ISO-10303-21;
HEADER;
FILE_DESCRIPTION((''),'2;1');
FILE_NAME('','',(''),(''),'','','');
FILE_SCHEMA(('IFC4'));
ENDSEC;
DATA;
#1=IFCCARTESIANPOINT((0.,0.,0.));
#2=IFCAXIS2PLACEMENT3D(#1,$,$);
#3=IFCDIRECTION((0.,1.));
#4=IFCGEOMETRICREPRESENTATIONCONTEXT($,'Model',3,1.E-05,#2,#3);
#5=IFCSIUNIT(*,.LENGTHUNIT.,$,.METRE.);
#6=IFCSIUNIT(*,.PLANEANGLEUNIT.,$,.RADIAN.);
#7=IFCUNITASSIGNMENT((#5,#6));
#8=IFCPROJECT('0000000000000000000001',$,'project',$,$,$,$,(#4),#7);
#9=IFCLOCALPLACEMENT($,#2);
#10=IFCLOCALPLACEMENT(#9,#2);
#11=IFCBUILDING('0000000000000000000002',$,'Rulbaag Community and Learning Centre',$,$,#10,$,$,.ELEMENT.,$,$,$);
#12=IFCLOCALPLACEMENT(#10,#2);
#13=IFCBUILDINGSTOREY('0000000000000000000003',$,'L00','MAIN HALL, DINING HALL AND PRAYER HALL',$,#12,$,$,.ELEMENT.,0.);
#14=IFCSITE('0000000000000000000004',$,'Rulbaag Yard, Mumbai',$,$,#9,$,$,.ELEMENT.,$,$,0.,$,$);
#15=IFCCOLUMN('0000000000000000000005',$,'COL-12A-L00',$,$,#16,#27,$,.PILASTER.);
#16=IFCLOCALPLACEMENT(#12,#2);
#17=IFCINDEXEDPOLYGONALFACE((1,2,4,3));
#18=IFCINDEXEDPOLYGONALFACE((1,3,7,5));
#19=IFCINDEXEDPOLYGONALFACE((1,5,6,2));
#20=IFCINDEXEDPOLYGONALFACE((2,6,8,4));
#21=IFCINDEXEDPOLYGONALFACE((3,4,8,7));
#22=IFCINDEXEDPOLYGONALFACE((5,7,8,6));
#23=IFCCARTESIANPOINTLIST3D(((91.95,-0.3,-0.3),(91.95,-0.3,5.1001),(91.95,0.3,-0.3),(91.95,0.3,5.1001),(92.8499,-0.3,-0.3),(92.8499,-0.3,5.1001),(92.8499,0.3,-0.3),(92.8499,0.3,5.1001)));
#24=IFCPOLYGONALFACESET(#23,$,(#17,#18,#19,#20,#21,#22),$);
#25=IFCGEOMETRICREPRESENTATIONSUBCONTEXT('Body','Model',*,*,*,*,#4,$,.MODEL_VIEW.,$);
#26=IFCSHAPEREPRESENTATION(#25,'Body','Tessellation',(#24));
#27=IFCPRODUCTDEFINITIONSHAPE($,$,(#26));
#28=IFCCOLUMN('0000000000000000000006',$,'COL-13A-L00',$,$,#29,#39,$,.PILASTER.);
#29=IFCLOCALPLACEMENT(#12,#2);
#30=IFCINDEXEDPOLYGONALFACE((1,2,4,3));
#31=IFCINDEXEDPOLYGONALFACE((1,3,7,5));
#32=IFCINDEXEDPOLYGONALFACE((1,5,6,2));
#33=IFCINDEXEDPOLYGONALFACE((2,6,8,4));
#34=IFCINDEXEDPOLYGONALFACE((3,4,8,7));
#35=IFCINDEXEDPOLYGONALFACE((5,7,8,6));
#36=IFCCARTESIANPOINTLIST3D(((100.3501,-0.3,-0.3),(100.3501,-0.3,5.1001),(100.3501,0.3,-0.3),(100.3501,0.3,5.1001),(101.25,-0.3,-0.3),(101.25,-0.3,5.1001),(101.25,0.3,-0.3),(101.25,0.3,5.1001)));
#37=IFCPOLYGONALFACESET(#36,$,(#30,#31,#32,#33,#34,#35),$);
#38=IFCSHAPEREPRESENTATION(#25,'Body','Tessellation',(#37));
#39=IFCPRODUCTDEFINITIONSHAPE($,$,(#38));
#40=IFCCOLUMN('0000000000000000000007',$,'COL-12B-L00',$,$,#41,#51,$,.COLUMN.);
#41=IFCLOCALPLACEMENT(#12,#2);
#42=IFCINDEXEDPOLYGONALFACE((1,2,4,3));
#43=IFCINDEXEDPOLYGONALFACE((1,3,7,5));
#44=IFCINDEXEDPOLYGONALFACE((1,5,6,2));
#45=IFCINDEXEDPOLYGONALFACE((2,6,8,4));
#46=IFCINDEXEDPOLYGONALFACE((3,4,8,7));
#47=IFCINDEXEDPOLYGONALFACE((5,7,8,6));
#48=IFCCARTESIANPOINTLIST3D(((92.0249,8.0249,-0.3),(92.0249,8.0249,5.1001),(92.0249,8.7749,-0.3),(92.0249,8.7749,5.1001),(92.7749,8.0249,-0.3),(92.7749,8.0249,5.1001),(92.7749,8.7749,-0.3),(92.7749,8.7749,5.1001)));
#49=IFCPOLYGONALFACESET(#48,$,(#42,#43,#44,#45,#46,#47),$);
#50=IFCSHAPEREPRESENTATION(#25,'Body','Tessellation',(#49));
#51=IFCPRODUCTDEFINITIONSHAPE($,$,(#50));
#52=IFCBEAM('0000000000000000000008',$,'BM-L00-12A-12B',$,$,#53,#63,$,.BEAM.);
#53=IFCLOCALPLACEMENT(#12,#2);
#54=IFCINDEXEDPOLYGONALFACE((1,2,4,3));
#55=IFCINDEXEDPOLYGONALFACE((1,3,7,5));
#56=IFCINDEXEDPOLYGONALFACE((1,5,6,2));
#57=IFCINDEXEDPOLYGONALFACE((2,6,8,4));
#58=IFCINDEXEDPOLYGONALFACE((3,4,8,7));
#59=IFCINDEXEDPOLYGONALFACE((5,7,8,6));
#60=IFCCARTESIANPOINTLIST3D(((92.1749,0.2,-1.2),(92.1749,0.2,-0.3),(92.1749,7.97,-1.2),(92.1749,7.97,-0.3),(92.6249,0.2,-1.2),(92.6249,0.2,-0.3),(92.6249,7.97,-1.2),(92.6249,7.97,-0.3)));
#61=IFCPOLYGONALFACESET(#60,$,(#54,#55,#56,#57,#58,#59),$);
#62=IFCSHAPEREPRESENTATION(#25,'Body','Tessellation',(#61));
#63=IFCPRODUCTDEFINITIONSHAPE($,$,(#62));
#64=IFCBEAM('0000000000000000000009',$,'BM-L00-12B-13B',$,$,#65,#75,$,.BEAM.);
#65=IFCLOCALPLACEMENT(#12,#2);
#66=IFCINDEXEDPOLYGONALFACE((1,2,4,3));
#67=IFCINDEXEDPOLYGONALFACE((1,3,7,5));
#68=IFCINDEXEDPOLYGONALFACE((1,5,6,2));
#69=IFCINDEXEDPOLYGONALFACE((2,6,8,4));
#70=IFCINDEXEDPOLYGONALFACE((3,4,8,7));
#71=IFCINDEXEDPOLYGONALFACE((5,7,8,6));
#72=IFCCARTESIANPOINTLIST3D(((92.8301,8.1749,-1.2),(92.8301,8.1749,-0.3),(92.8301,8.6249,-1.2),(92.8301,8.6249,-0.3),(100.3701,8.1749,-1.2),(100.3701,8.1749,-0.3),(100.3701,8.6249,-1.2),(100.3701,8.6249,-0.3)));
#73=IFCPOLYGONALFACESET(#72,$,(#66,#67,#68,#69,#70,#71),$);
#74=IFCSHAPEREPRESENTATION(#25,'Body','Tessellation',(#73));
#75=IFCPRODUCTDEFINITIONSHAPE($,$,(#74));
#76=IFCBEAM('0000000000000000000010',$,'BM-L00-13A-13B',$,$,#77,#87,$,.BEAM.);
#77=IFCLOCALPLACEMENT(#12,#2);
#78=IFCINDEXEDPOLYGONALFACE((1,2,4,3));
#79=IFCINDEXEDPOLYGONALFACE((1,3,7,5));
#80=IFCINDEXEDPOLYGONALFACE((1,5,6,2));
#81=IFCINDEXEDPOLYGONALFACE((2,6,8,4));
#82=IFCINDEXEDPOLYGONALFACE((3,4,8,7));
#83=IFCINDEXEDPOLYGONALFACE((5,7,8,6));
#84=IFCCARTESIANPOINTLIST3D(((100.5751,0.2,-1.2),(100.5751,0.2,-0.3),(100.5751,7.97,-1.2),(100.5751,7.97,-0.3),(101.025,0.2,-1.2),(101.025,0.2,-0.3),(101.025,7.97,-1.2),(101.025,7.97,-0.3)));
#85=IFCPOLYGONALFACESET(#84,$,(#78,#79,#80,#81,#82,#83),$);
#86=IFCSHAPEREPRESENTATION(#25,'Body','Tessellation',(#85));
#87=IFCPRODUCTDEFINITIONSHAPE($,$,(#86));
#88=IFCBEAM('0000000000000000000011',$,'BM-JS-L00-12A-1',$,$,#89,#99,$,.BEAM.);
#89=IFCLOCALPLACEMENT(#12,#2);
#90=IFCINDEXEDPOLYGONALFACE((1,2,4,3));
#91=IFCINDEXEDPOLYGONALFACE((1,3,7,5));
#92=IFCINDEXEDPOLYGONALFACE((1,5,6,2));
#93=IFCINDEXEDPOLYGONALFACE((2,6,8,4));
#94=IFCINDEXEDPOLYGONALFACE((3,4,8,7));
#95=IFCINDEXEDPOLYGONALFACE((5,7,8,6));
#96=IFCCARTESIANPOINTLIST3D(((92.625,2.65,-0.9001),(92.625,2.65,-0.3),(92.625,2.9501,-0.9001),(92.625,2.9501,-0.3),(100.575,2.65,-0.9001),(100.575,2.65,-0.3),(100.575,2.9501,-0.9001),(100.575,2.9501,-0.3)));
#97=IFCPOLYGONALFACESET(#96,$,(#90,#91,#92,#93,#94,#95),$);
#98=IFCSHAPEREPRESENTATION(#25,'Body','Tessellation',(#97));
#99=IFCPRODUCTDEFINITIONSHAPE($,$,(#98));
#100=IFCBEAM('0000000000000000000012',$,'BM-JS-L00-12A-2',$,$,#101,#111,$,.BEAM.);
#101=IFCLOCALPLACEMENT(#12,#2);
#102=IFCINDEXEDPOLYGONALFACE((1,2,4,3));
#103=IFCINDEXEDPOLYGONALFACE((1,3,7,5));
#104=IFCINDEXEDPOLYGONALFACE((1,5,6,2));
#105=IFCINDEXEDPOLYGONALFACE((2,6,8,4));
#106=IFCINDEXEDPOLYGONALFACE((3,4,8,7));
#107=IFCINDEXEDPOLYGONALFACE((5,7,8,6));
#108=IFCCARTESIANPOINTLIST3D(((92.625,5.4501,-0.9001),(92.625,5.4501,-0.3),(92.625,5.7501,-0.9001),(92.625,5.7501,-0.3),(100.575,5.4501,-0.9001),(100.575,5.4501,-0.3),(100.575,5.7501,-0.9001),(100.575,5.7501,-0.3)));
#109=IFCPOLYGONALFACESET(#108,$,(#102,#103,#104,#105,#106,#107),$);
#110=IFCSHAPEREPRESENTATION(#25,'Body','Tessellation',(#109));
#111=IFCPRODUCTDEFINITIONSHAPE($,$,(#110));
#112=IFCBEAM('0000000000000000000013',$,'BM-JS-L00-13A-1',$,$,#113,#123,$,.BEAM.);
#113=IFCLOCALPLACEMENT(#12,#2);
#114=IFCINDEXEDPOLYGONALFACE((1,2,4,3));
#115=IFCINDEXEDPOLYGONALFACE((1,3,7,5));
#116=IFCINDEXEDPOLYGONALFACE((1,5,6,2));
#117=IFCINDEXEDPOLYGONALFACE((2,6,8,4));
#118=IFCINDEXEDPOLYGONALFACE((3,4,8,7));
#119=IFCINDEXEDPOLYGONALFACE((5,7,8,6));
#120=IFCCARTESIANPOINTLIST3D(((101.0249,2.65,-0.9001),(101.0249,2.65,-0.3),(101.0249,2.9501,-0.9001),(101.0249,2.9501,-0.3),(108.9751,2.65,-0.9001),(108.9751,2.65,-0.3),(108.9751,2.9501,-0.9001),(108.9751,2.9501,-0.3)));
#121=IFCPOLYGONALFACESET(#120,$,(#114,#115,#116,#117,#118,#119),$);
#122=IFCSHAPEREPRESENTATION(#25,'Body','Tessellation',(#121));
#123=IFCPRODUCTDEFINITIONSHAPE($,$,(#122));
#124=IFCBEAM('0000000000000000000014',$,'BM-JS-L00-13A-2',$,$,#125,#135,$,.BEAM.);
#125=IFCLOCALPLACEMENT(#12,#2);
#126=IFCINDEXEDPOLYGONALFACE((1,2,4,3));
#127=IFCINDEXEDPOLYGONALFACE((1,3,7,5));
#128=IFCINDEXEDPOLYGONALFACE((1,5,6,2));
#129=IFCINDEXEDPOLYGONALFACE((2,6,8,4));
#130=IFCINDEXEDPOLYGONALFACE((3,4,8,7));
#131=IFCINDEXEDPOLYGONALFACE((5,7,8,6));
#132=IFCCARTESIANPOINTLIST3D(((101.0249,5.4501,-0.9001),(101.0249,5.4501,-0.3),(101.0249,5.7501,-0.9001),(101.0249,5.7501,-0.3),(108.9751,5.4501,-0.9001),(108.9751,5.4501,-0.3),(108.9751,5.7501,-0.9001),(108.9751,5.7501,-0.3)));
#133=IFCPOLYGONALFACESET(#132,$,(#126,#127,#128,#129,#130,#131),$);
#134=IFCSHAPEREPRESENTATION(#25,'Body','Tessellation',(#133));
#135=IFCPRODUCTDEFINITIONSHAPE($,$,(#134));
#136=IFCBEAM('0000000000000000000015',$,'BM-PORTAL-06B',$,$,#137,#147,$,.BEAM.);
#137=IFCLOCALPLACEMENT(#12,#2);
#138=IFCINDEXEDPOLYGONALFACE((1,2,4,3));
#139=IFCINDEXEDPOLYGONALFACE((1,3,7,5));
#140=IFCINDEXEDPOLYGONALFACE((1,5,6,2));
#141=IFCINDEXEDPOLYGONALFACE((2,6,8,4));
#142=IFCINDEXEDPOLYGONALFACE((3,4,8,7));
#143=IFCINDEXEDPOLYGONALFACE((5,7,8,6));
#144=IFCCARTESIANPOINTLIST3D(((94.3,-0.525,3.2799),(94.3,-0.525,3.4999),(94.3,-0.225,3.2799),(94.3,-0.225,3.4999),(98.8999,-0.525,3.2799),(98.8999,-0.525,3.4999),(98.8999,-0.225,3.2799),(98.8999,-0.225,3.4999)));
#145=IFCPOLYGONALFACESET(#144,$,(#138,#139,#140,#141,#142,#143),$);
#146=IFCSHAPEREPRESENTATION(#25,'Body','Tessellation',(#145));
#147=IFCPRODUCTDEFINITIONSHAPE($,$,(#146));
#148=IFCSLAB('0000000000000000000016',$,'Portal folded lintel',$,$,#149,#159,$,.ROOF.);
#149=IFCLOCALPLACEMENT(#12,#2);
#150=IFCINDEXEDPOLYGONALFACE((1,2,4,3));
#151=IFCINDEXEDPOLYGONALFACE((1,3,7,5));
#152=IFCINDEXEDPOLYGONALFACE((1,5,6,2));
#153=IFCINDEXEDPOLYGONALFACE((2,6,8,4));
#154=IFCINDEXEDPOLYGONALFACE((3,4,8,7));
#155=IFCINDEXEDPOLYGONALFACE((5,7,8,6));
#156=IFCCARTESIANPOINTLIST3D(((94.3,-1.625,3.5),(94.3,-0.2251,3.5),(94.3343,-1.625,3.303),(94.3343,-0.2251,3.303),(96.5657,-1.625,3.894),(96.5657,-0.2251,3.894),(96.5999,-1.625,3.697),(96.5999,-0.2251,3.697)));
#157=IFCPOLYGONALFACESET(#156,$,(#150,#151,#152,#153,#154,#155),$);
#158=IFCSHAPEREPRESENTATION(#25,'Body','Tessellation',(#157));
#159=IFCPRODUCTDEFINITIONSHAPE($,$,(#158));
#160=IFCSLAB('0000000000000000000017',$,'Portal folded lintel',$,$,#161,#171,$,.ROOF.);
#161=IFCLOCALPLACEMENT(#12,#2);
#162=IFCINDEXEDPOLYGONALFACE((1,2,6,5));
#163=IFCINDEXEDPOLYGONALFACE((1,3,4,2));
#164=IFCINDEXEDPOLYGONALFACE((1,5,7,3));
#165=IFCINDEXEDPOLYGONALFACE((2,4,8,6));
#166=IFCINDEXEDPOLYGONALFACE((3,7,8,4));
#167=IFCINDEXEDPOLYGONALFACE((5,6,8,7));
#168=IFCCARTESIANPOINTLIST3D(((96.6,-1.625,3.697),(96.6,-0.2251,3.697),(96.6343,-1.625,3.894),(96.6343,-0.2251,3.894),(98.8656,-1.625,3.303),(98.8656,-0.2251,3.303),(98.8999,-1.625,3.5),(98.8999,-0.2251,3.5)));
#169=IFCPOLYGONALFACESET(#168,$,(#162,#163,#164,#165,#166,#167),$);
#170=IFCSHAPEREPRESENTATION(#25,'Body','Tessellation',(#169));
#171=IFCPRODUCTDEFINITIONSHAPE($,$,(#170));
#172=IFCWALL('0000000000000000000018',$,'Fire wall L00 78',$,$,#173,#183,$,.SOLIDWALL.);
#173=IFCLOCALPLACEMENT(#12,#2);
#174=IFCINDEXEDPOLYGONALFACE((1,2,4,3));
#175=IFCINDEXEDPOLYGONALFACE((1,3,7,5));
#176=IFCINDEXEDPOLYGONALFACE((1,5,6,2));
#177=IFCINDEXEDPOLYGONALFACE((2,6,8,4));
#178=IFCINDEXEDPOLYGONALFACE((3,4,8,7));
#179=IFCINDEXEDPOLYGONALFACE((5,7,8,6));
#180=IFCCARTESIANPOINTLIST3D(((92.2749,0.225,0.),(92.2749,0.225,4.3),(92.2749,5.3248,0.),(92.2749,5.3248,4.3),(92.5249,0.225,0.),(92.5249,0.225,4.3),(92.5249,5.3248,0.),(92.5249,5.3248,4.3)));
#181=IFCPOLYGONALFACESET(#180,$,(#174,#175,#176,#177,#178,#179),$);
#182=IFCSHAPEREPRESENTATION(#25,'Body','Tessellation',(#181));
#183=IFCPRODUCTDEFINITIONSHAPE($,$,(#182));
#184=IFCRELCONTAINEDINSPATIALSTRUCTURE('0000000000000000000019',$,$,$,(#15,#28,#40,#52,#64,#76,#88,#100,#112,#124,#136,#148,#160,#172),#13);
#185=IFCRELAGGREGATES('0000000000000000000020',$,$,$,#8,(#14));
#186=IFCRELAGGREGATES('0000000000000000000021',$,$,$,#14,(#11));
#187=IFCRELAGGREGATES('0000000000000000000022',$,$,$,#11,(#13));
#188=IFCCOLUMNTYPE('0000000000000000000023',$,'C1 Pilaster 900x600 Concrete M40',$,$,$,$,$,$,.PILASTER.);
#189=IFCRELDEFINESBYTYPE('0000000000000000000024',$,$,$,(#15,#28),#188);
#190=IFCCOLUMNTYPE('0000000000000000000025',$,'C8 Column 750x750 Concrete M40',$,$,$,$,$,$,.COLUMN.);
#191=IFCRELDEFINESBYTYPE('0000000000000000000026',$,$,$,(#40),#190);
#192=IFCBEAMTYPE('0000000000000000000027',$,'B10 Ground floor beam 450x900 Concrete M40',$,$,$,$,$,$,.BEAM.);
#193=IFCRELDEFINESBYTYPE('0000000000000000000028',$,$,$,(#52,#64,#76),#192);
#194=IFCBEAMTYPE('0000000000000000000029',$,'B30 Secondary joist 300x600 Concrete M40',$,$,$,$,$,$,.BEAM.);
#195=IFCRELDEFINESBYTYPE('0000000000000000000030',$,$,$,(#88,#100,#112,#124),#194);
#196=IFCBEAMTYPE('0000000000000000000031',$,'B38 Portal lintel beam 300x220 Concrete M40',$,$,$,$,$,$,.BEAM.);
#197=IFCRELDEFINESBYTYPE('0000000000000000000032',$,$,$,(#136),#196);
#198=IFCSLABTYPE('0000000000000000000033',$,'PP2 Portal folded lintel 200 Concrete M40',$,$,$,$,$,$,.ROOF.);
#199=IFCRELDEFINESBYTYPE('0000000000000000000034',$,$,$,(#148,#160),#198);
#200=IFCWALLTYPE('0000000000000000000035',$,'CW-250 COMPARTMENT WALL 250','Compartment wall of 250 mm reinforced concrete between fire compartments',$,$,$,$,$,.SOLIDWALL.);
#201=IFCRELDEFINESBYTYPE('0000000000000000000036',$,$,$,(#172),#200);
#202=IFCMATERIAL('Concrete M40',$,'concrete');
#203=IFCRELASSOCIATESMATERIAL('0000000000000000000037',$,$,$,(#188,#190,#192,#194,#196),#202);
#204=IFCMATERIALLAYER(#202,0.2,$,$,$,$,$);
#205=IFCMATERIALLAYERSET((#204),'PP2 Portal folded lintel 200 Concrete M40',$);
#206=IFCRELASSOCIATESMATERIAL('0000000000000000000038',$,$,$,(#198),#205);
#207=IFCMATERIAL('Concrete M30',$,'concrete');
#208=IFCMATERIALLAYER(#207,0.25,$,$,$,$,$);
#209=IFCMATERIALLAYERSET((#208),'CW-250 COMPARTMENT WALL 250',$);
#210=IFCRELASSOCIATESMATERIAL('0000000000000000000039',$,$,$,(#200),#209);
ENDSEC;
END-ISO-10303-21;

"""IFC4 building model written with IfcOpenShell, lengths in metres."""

from ifc_helpers import new_model, si_unit, direction, frame, frame_2d, origin, origin_2d, place, context, subcontext, project, spatial, polyline, rectangle, outline, extrude, material, layer, layer_set, material_profile, profile_set, type_object, element, save


model = new_model("IFC4")

# Units and contexts
model_context = context("Model", 3, precision=1e-05, world=origin(), true_north=direction((0.0, 1.0)))
body_context = subcontext(model_context, "Body", "Model", "MODEL_VIEW")
ifc_project = project(units=[si_unit("LENGTHUNIT", "METRE"), si_unit("PLANEANGLEUNIT", "RADIAN")], contexts=[model_context])

# Site, building, storey
site_placement = place(None, origin())
site = spatial("IfcSite", under=ifc_project, at=site_placement, Name="Rulbaag Yard, Mumbai", CompositionType="ELEMENT", RefElevation=0.0)
building_placement = place(site_placement, origin())
building = spatial("IfcBuilding", under=site, at=building_placement, Name="Rulbaag Community and Learning Centre", CompositionType="ELEMENT")
storey_placement = place(building_placement, origin())
storey = spatial("IfcBuildingStorey", under=building, at=storey_placement, Name="L00", Description="MAIN HALL, DINING HALL AND PRAYER HALL", CompositionType="ELEMENT", Elevation=0.0)

# Columns
ifc_material_1 = material(Name="Concrete M40", Category="concrete")
ifc_material_profile_1 = material_profile(ifc_material_1, rectangle(XDim=0.8999, YDim=0.6001, at=origin_2d()), Name="RC900x600")
ifc_profile_set_1 = profile_set([ifc_material_profile_1], Name="Concrete M40")
column_type_1 = type_object("IfcColumnType", Name="C1 Pilaster 900x600 Concrete M40", PredefinedType="PILASTER", material=ifc_profile_set_1)
for number, where, z_axis, x_axis, name in (
    (1, (92.3999, 0.0, -0.3), (0.0, 0.0, 1.0), (1.0, 0.0, 0.0), "COL-12A-L00"),
    (2, (100.8, 0.0, -0.3), (0.0, 0.0, 1.0), (1.0, 0.0, 0.0), "COL-13A-L00"),
):
    element("IfcColumn", number, at=place(storey_placement, frame(where, z_axis=z_axis, x_axis=x_axis)), inside=storey, type_object=column_type_1, Name=name, PredefinedType="PILASTER", context=body_context, shape_type="SweptSolid", body=[
        extrude(rectangle(XDim=0.8999, YDim=0.6001, at=origin_2d()), origin(), (0.0, 0.0, 1.0), 5.4001),
    ])
ifc_material_profile_2 = material_profile(ifc_material_1, rectangle(XDim=0.75, YDim=0.75, at=origin_2d()), Name="RC750x750")
ifc_profile_set_2 = profile_set([ifc_material_profile_2], Name="Concrete M40")
column_type_2 = type_object("IfcColumnType", Name="C8 Column 750x750 Concrete M40", PredefinedType="COLUMN", material=ifc_profile_set_2)
column_placement = place(storey_placement, frame((92.3999, 8.3999, -0.3), z_axis=(0.0, 0.0, 1.0), x_axis=(1.0, 0.0, 0.0)))
element("IfcColumn", 3, at=column_placement, inside=storey, type_object=column_type_2, Name="COL-12B-L00", PredefinedType="COLUMN", context=body_context, shape_type="SweptSolid", body=[
    extrude(rectangle(XDim=0.75, YDim=0.75, at=origin_2d()), origin(), (0.0, 0.0, 1.0), 5.4001),
])

# Beams
ifc_material_profile_3 = material_profile(ifc_material_1, rectangle(XDim=0.45, YDim=0.8999, at=origin_2d()), Name="RB450x900")
ifc_profile_set_3 = profile_set([ifc_material_profile_3], Name="Concrete M40")
beam_type_1 = type_object("IfcBeamType", Name="B10 Ground floor beam 450x900 Concrete M40", PredefinedType="BEAM", material=ifc_profile_set_3)
beam_1_placement = place(storey_placement, frame((92.3999, 0.2, -0.75), z_axis=(0.0, 1.0, 0.0), x_axis=(-1.0, 0.0, 0.0)))
element("IfcBeam", 4, at=beam_1_placement, inside=storey, type_object=beam_type_1, Name="BM-L00-12A-12B", PredefinedType="BEAM", context=body_context, shape_type="SweptSolid", body=[
    extrude(rectangle(XDim=0.45, YDim=0.8999, at=origin_2d()), origin(), (0.0, 0.0, 1.0), 7.77),
])
beam_2_placement = place(storey_placement, frame((92.8301, 8.3999, -0.75), z_axis=(1.0, 0.0, 0.0), x_axis=(0.0, 1.0, 0.0)))
element("IfcBeam", 5, at=beam_2_placement, inside=storey, type_object=beam_type_1, Name="BM-L00-12B-13B", PredefinedType="BEAM", context=body_context, shape_type="SweptSolid", body=[
    extrude(rectangle(XDim=0.45, YDim=0.8999, at=origin_2d()), origin(), (0.0, 0.0, 1.0), 7.54),
])
beam_3_placement = place(storey_placement, frame((100.8, 0.2, -0.75), z_axis=(0.0, 1.0, 0.0), x_axis=(-1.0, 0.0, 0.0)))
element("IfcBeam", 6, at=beam_3_placement, inside=storey, type_object=beam_type_1, Name="BM-L00-13A-13B", PredefinedType="BEAM", context=body_context, shape_type="SweptSolid", body=[
    extrude(rectangle(XDim=0.45, YDim=0.8999, at=origin_2d()), origin(), (0.0, 0.0, 1.0), 7.77),
])
ifc_material_profile_4 = material_profile(ifc_material_1, rectangle(XDim=0.3, YDim=0.6001, at=origin_2d()), Name="RB300x600")
ifc_profile_set_4 = profile_set([ifc_material_profile_4], Name="Concrete M40")
beam_type_2 = type_object("IfcBeamType", Name="B30 Secondary joist 300x600 Concrete M40", PredefinedType="BEAM", material=ifc_profile_set_4)
for number, where, z_axis, x_axis, name in (
    (7, (92.625, 2.8, -0.6001), (1.0, 0.0, 0.0), (0.0, 1.0, 0.0), "BM-JS-L00-12A-1"),
    (8, (92.625, 5.6001, -0.6001), (1.0, 0.0, 0.0), (0.0, 1.0, 0.0), "BM-JS-L00-12A-2"),
):
    element("IfcBeam", number, at=place(storey_placement, frame(where, z_axis=z_axis, x_axis=x_axis)), inside=storey, type_object=beam_type_2, Name=name, PredefinedType="BEAM", context=body_context, shape_type="SweptSolid", body=[
        extrude(rectangle(XDim=0.3, YDim=0.6001, at=origin_2d()), origin(), (0.0, 0.0, 1.0), 7.95),
    ])
for number, where, z_axis, x_axis, name in (
    (9, (101.0249, 2.8, -0.6001), (1.0, 0.0, 0.0), (0.0, 1.0, 0.0), "BM-JS-L00-13A-1"),
    (10, (101.0249, 5.6001, -0.6001), (1.0, 0.0, 0.0), (0.0, 1.0, 0.0), "BM-JS-L00-13A-2"),
):
    element("IfcBeam", number, at=place(storey_placement, frame(where, z_axis=z_axis, x_axis=x_axis)), inside=storey, type_object=beam_type_2, Name=name, PredefinedType="BEAM", context=body_context, shape_type="SweptSolid", body=[
        extrude(rectangle(XDim=0.3, YDim=0.6001, at=origin_2d()), origin(), (0.0, 0.0, 1.0), 7.9502),
    ])
ifc_material_profile_5 = material_profile(ifc_material_1, rectangle(XDim=0.3, YDim=0.22, at=origin_2d()), Name="RB300x220")
ifc_profile_set_5 = profile_set([ifc_material_profile_5], Name="Concrete M40")
beam_type_3 = type_object("IfcBeamType", Name="B38 Portal lintel beam 300x220 Concrete M40", PredefinedType="BEAM", material=ifc_profile_set_5)
beam_4_placement = place(storey_placement, frame((94.3, -0.375, 3.3899), z_axis=(1.0, 0.0, 0.0), x_axis=(0.0, 1.0, 0.0)))
element("IfcBeam", 11, at=beam_4_placement, inside=storey, type_object=beam_type_3, Name="BM-PORTAL-06B", PredefinedType="BEAM", context=body_context, shape_type="SweptSolid", body=[
    extrude(rectangle(XDim=0.3, YDim=0.22, at=origin_2d()), origin(), (0.0, 0.0, 1.0), 4.5999),
])

# Slabs
ifc_layer_1 = layer(ifc_material_1, 0.2)
ifc_layer_set_1 = layer_set([ifc_layer_1], Name="PP2 Portal folded lintel 200 Concrete M40")
slab_type = type_object("IfcSlabType", Name="PP2 Portal folded lintel 200 Concrete M40", PredefinedType="ROOF", material=ifc_layer_set_1)
for number, where, z_axis, x_axis, name in (
    (12, (94.3, -0.2251, 3.5), (-0.17135, 0.0, 0.98521), (0.98521, 0.0, 0.17135), "Portal folded lintel"),
    (13, (96.6343, -0.2251, 3.894), (0.17135, 0.0, 0.98521), (0.98521, 0.0, -0.17135), "Portal folded lintel"),
):
    element("IfcSlab", number, at=place(storey_placement, frame(where, z_axis=z_axis, x_axis=x_axis)), inside=storey, type_object=slab_type, Name=name, PredefinedType="ROOF", context=body_context, shape_type="SweptSolid", body=[
        extrude(outline(polyline([(0.0, 0.0), (2.2996, 0.0), (2.2996, -1.3999), (0.0, -1.3999), (0.0, 0.0)])), origin(), (0.0, 0.0, -1.0), 0.2),
    ])

# Wall
ifc_material_2 = material(Name="Concrete M30", Category="concrete")
ifc_layer_2 = layer(ifc_material_2, 0.25)
ifc_layer_set_2 = layer_set([ifc_layer_2], Name="CW-250 COMPARTMENT WALL 250")
wall_type_1 = type_object("IfcWallType", Name="CW-250 COMPARTMENT WALL 250", Description="Compartment wall of 250 mm reinforced concrete between fire compartments", PredefinedType="SOLIDWALL", material=ifc_layer_set_2)
wall_1_placement = place(storey_placement, frame((92.3999, 0.2251, 0.0), z_axis=(0.0, 0.0, 1.0), x_axis=(0.0, 1.0, 0.0)))
element("IfcWall", 14, at=wall_1_placement, inside=storey, type_object=wall_type_1, Name="Fire wall L00 78", PredefinedType="SOLIDWALL", context=body_context, shape_type="SweptSolid", body=[
    extrude(rectangle(XDim=5.0999, YDim=0.25, at=frame_2d((2.5498, 0.0))), origin(), (0.0, 0.0, 1.0), 4.3),
])

save(model, "model.ifc")
